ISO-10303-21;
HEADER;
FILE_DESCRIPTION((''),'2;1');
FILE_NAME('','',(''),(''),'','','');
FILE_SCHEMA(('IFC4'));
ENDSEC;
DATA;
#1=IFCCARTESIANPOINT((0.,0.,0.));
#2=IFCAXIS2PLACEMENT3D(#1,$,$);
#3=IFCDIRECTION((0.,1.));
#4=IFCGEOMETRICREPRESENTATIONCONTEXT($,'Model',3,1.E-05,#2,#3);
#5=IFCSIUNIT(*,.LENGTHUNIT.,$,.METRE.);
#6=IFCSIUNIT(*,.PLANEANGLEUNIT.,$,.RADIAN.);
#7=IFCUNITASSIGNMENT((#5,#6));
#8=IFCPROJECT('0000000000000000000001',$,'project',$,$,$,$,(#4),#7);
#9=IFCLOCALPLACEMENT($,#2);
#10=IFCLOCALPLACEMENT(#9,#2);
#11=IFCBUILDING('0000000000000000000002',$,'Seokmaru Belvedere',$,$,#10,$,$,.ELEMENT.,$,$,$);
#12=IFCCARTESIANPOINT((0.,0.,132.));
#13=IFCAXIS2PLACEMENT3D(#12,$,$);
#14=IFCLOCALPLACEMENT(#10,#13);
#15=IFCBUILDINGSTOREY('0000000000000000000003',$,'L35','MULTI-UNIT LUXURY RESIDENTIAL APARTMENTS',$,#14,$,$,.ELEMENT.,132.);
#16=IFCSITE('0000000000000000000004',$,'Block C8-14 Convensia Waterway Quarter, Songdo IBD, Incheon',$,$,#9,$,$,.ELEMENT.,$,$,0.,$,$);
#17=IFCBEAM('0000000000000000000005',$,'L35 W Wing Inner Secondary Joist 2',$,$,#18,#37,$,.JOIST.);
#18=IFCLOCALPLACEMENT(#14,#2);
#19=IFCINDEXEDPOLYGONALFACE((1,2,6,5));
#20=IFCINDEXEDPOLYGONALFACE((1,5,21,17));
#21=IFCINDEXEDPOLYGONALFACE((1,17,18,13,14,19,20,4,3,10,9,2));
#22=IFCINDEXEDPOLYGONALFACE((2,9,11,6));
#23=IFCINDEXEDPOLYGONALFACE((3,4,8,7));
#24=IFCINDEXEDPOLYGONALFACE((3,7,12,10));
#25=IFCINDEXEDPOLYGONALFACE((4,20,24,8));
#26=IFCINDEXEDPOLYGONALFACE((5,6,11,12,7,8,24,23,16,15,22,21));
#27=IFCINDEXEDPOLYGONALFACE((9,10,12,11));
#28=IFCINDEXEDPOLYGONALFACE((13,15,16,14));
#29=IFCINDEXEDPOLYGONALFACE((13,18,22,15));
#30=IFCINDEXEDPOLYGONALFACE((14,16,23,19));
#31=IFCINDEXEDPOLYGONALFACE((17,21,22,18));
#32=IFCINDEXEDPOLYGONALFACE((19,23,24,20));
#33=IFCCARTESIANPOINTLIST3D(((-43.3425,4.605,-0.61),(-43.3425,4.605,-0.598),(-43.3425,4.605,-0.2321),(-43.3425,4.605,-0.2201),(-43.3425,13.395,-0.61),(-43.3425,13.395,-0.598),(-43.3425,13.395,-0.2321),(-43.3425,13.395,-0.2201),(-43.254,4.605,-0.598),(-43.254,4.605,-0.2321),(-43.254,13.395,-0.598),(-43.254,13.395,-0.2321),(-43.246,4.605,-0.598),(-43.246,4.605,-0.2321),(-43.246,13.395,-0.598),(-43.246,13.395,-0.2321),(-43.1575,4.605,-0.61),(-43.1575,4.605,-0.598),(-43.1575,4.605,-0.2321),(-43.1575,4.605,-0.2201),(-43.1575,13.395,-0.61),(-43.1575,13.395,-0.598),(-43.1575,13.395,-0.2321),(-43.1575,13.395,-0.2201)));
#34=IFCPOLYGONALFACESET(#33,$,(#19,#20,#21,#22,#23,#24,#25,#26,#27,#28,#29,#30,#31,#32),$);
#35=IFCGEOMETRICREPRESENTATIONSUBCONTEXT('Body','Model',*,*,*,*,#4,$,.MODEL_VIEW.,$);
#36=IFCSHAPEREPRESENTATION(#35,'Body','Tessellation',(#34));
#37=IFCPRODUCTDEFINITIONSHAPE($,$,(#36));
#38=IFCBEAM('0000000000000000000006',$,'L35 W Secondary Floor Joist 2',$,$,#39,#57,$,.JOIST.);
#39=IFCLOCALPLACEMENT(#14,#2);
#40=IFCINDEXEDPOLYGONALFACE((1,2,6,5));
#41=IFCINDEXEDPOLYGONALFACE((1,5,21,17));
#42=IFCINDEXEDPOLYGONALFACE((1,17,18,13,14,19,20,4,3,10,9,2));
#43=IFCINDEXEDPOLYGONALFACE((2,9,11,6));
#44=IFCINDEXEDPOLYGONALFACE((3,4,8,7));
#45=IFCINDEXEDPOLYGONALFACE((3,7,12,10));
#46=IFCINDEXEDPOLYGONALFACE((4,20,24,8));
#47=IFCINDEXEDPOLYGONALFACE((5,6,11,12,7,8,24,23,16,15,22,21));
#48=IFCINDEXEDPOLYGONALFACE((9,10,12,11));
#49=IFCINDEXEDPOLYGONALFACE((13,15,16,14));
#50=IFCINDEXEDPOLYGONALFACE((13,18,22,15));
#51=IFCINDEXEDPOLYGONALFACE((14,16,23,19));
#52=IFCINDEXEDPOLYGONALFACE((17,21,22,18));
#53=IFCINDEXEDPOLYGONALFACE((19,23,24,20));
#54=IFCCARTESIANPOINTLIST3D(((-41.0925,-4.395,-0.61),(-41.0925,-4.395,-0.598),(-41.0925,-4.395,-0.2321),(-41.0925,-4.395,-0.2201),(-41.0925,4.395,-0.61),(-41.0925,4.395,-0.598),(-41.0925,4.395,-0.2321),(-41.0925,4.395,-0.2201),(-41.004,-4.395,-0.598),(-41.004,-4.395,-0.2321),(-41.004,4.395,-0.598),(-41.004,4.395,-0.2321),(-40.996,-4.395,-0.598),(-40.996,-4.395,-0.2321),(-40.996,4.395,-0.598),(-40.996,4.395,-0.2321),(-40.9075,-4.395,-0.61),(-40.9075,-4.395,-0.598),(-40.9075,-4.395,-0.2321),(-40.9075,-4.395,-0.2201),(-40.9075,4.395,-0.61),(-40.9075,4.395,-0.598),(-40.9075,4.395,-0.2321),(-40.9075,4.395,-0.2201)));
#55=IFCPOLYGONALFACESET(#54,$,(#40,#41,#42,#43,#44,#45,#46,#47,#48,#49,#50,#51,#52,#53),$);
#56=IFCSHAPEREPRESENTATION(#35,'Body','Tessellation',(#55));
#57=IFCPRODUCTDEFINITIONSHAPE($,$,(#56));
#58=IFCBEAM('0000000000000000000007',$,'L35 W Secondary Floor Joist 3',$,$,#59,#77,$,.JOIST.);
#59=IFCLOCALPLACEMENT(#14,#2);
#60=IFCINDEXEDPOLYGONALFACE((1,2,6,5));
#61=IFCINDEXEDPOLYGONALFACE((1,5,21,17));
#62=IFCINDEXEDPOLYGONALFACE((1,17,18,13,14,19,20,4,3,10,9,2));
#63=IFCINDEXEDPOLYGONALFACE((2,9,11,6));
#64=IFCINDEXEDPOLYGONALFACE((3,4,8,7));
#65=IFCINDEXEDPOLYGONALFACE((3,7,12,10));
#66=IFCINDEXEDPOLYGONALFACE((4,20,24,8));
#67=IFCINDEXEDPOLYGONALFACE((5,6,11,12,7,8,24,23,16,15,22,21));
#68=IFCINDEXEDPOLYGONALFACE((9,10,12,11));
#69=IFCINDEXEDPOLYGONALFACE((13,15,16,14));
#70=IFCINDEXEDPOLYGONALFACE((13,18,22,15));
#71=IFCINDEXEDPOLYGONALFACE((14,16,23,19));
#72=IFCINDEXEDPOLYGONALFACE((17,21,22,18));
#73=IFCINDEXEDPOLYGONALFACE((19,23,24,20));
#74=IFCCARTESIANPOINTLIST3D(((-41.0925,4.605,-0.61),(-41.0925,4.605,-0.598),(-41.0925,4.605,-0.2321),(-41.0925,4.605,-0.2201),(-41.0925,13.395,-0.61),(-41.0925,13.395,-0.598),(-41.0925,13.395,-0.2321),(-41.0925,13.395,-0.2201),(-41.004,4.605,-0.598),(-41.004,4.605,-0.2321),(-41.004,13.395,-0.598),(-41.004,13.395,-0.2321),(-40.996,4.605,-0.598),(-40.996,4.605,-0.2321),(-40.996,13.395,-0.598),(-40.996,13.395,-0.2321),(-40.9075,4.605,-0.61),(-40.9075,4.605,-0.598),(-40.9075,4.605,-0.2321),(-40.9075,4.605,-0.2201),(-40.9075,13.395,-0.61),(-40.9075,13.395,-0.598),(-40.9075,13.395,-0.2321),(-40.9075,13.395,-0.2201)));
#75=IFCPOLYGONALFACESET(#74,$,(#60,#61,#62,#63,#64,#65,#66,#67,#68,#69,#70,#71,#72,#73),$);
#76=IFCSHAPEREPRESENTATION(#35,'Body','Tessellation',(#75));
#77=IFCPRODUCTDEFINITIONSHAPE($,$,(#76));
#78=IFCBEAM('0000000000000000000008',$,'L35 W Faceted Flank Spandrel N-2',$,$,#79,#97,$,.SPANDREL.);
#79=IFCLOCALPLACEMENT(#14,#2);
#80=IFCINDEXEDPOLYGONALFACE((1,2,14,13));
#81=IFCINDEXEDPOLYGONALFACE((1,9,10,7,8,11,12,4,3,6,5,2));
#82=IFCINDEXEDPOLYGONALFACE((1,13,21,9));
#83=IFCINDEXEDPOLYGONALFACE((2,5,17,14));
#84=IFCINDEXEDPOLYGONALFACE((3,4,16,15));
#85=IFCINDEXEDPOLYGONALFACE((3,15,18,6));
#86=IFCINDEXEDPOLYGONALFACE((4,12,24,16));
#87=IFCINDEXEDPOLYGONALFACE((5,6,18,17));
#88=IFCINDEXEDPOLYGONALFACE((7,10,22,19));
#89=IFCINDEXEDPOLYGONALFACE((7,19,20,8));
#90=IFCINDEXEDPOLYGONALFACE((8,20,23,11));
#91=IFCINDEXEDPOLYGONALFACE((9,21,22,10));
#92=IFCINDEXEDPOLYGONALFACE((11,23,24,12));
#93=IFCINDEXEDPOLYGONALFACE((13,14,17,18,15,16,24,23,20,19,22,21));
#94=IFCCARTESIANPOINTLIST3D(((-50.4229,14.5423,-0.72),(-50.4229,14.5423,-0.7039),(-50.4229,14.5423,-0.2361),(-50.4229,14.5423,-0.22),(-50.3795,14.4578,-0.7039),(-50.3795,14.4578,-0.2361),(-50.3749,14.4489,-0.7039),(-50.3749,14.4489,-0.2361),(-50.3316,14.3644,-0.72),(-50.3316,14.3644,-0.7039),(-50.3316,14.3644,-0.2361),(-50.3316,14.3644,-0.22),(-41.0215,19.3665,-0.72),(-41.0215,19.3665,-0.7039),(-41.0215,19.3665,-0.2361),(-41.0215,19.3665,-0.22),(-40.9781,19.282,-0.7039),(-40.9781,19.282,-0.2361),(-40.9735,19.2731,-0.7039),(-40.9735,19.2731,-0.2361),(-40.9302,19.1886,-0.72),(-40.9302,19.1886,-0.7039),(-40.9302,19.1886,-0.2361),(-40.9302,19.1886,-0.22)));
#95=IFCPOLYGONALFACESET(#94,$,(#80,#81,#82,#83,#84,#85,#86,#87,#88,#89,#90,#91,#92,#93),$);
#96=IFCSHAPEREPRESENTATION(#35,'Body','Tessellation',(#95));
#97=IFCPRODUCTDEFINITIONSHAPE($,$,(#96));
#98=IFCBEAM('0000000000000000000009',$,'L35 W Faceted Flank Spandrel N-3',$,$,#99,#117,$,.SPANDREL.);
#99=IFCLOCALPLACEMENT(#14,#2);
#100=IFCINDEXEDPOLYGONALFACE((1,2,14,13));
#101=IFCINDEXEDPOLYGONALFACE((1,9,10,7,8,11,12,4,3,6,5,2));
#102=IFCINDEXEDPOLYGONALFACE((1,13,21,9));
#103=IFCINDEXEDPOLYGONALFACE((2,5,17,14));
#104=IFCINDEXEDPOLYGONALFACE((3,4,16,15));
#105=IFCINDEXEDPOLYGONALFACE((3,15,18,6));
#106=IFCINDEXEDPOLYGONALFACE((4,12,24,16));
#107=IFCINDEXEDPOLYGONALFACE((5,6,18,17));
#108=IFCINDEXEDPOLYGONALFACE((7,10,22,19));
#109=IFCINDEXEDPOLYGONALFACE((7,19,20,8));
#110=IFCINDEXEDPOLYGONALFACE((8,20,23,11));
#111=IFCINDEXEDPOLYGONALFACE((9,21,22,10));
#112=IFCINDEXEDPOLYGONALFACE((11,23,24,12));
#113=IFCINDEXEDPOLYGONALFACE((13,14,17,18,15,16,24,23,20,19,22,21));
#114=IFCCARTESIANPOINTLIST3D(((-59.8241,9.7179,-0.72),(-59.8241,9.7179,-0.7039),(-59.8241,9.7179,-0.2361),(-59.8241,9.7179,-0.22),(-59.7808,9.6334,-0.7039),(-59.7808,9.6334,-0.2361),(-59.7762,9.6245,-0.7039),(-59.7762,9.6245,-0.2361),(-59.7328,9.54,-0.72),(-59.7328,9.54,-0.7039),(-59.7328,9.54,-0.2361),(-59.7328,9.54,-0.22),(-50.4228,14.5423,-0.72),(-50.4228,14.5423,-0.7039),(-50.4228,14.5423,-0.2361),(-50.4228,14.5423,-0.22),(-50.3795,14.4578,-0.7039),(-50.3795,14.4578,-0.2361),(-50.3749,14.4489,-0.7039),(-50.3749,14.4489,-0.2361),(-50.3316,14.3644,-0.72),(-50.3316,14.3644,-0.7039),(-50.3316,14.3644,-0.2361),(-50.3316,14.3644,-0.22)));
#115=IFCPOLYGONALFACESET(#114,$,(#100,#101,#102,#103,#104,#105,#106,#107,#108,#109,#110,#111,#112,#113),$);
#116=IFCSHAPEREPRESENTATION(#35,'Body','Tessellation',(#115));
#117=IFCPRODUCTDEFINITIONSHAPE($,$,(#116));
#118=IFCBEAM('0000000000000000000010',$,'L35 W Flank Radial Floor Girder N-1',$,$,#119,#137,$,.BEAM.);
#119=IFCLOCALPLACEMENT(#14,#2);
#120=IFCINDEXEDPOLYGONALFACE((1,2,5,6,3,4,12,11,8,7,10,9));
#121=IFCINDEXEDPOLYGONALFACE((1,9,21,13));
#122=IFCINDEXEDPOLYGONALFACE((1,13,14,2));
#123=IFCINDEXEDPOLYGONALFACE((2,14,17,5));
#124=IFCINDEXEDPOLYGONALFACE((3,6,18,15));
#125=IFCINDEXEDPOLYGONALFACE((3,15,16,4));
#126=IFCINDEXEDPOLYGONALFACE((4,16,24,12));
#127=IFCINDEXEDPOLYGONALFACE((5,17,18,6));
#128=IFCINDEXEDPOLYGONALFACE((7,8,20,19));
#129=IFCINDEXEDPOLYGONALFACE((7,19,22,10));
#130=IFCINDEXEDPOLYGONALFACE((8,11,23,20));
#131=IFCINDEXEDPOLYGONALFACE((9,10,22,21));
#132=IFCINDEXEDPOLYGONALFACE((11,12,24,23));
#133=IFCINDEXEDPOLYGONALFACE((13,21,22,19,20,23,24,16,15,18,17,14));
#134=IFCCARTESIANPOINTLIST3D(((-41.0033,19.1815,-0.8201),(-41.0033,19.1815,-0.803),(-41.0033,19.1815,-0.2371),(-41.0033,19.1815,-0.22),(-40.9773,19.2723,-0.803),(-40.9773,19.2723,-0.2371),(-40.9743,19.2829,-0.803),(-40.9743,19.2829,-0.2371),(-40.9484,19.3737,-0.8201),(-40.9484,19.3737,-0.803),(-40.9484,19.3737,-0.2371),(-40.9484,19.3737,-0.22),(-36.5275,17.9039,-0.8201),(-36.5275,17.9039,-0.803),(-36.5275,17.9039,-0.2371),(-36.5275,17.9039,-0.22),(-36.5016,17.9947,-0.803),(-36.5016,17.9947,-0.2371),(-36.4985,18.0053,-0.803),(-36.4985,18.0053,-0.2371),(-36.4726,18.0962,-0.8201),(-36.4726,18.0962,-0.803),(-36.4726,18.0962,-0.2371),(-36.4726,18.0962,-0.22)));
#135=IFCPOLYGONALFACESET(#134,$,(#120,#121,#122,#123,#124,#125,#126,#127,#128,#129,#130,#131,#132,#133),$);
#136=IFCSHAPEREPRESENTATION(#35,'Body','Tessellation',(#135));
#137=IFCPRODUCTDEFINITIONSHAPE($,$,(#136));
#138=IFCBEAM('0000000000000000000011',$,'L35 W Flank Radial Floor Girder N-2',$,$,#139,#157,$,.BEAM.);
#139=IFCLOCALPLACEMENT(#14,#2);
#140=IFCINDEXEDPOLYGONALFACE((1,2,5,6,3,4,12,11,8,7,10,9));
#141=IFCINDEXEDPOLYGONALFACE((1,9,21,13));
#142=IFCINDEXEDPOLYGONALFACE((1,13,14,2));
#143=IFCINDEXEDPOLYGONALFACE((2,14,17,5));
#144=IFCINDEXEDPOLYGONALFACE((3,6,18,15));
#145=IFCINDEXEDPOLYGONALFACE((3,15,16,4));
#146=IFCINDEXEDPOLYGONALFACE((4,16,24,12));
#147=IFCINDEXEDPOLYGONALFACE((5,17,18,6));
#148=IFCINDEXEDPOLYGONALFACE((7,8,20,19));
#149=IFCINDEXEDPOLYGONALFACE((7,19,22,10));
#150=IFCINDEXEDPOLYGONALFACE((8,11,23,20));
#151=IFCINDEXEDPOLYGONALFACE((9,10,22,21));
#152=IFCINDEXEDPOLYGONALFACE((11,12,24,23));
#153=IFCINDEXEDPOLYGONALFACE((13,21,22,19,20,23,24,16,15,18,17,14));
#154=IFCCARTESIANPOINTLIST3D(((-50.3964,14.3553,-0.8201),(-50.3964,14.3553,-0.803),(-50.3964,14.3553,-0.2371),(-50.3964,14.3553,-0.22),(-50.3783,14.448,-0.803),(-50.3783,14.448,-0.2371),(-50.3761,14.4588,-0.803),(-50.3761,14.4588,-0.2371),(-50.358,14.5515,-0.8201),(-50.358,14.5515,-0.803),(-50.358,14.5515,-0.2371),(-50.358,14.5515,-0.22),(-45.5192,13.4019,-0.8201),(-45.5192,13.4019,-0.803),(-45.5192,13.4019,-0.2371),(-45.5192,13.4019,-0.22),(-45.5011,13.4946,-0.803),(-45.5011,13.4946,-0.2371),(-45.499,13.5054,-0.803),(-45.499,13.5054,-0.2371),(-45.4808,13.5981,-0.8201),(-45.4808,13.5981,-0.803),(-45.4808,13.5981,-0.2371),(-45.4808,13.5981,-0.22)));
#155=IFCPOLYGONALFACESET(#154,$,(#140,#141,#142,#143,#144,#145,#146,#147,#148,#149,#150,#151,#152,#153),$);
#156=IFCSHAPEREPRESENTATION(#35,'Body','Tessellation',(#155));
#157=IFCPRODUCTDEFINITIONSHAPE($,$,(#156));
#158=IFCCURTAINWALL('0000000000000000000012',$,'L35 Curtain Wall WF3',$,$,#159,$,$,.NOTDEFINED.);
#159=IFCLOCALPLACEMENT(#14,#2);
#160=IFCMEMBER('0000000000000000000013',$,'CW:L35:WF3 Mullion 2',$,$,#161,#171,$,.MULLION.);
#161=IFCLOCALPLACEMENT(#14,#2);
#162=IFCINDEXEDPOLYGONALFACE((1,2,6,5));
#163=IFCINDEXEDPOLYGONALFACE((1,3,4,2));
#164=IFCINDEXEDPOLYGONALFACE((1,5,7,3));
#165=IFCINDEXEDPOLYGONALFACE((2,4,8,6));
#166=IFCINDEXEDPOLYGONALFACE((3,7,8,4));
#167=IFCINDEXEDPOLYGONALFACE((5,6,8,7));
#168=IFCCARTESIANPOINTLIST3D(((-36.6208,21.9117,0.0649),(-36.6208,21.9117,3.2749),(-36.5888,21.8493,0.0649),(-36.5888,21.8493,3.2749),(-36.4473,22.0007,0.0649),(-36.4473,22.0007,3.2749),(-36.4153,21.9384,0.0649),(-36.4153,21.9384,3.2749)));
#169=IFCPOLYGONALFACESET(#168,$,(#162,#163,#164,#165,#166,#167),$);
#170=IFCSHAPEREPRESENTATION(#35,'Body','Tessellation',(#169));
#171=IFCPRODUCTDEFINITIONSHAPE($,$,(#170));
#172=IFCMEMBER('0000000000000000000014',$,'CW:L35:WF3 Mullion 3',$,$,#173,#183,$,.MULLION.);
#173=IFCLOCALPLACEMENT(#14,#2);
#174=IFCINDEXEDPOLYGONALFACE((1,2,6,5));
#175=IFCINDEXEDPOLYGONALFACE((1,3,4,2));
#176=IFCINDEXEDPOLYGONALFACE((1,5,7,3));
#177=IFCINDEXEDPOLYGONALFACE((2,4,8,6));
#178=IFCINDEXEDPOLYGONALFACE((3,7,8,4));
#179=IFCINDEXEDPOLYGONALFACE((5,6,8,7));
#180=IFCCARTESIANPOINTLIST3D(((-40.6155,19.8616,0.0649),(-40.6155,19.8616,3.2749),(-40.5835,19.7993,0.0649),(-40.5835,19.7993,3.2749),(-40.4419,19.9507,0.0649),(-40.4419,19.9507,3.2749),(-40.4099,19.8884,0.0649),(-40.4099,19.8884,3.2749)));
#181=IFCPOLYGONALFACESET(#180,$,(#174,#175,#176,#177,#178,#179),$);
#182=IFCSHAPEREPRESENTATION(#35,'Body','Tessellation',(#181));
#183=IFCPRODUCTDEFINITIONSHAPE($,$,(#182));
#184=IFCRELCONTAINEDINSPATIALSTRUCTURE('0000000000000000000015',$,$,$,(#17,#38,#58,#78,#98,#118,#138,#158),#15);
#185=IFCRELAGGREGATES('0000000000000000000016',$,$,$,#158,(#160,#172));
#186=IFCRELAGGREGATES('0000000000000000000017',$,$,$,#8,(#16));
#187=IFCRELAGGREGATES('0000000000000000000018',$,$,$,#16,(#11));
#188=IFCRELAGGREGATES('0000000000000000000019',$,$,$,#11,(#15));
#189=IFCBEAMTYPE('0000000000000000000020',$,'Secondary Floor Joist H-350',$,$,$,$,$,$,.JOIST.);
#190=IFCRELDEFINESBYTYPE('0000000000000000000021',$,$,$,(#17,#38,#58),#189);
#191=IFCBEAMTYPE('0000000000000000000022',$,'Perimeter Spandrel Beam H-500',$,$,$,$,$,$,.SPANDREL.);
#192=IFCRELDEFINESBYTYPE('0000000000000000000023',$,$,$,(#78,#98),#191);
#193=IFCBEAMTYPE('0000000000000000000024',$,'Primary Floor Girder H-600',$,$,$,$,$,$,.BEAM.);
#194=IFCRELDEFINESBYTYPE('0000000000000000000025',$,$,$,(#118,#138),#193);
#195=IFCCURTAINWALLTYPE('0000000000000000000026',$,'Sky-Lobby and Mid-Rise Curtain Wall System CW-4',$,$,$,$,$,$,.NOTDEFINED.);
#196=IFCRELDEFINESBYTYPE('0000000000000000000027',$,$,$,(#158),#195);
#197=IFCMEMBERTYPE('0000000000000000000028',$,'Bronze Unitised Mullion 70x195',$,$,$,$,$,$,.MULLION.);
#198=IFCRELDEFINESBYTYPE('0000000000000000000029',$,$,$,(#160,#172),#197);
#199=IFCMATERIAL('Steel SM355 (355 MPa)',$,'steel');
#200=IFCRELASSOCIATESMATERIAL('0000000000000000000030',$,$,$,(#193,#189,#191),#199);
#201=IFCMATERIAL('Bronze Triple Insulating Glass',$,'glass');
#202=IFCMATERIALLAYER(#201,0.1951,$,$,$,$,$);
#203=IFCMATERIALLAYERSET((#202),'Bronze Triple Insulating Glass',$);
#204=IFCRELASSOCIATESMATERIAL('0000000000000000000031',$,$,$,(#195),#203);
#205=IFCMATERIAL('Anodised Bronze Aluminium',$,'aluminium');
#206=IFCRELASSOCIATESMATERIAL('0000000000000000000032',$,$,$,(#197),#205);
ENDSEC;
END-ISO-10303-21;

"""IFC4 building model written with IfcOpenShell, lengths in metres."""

from ifc_helpers import new_model, si_unit, direction, frame, origin, origin_2d, place, context, subcontext, project, spatial, rectangle, i_section, extrude, source, transform, mapped, material, layer, layer_set, material_profile, profile_set, type_object, type_shapes, element, aggregate, save


model = new_model("IFC4")

# Units and contexts
model_context = context("Model", 3, precision=1e-05, world=origin(), true_north=direction((0.0, 1.0)))
body_context = subcontext(model_context, "Body", "Model", "MODEL_VIEW")
ifc_project = project(units=[si_unit("LENGTHUNIT", "METRE"), si_unit("PLANEANGLEUNIT", "RADIAN")], contexts=[model_context])

# Site, building, storey
site_placement = place(None, origin())
site = spatial("IfcSite", under=ifc_project, at=site_placement, Name="Block C8-14 Convensia Waterway Quarter, Songdo IBD, Incheon", CompositionType="ELEMENT", RefElevation=0.0)
building_placement = place(site_placement, origin())
building = spatial("IfcBuilding", under=site, at=building_placement, Name="Seokmaru Belvedere", CompositionType="ELEMENT")
storey_placement = place(building_placement, frame((0.0, 0.0, 132.0)))
storey = spatial("IfcBuildingStorey", under=building, at=storey_placement, Name="L35", Description="MULTI-UNIT LUXURY RESIDENTIAL APARTMENTS", CompositionType="ELEMENT", Elevation=132.0)

# Shared definitions
ifc_material_1 = material(Name="Steel SM355 (355 MPa)", Category="steel")

# Beams
ifc_material_profile_1 = material_profile(ifc_material_1, i_section(OverallWidth=0.2, OverallDepth=0.6001, WebThickness=0.011, FlangeThickness=0.0171, at=origin_2d()), Name="H-600x200x11x17")
ifc_profile_set_1 = profile_set([ifc_material_profile_1], Name="Steel SM355 (355 MPa)")
beam_type_1 = type_object("IfcBeamType", Name="Primary Floor Girder H-600", PredefinedType="BEAM", material=ifc_profile_set_1)
ifc_material_profile_2 = material_profile(ifc_material_1, i_section(OverallWidth=0.1851, OverallDepth=0.3899, WebThickness=0.0081, FlangeThickness=0.012, at=origin_2d()), Name="H-390x185x8x12")
ifc_profile_set_2 = profile_set([ifc_material_profile_2], Name="Steel SM355 (355 MPa)")
beam_type_2 = type_object("IfcBeamType", Name="Secondary Floor Joist H-350", PredefinedType="JOIST", material=ifc_profile_set_2)
shared_shape_1 = source(origin(), body_context, "Body", "SweptSolid", [
    extrude(i_section(OverallWidth=0.1851, OverallDepth=0.3899, WebThickness=0.0081, FlangeThickness=0.012, at=origin_2d()), origin(), (0.0, 0.0, 1.0), 8.79),
])
type_shapes(beam_type_2, [shared_shape_1])
for number, where, z_axis, x_axis, name in (
    (1, (-43.25, 4.605, -0.415), (0.0, 1.0, 0.0), (-1.0, 0.0, 0.0), "L35 W Wing Inner Secondary Joist 2"),
    (2, (-41.0, -4.395, -0.415), (0.0, 1.0, 0.0), (-1.0, 0.0, 0.0), "L35 W Secondary Floor Joist 2"),
    (3, (-41.0, 4.605, -0.415), (0.0, 1.0, 0.0), (-1.0, 0.0, 0.0), "L35 W Secondary Floor Joist 3"),
):
    element("IfcBeam", number, at=place(storey_placement, frame(where, z_axis=z_axis, x_axis=x_axis)), inside=storey, type_object=beam_type_2, Name=name, PredefinedType="JOIST", context=body_context, shape_type="MappedRepresentation", body=[
        mapped(shared_shape_1, transform((0.0, 0.0, 0.0), scale=1.0)),
    ])
ifc_material_profile_3 = material_profile(ifc_material_1, i_section(OverallWidth=0.2, OverallDepth=0.5, WebThickness=0.01, FlangeThickness=0.0161, at=origin_2d()), Name="H-500x200x10x16")
ifc_profile_set_3 = profile_set([ifc_material_profile_3], Name="Steel SM355 (355 MPa)")
beam_type_3 = type_object("IfcBeamType", Name="Perimeter Spandrel Beam H-500", PredefinedType="SPANDREL", material=ifc_profile_set_3)
shared_shape_2 = source(origin(), body_context, "Body", "SweptSolid", [
    extrude(i_section(OverallWidth=0.2, OverallDepth=0.5, WebThickness=0.01, FlangeThickness=0.0161, at=origin_2d()), origin(), (0.0, 0.0, 1.0), 10.5669),
])
type_shapes(beam_type_3, [shared_shape_2])
for number, where, z_axis, x_axis, name in (
    (4, (-40.9758, 19.2776, -0.47), (-0.889702, -0.456542, 0.0), (0.456542, -0.889702, 0.0), "L35 W Faceted Flank Spandrel N-2"),
    (5, (-50.3772, 14.4534, -0.47), (-0.889693, -0.45656, 0.0), (0.45656, -0.889693, 0.0), "L35 W Faceted Flank Spandrel N-3"),
):
    element("IfcBeam", number, at=place(storey_placement, frame(where, z_axis=z_axis, x_axis=x_axis)), inside=storey, type_object=beam_type_3, Name=name, PredefinedType="SPANDREL", context=body_context, shape_type="MappedRepresentation", body=[
        mapped(shared_shape_2, transform((0.0, 0.0, 0.0), scale=1.0)),
    ])
shared_shape_3 = source(origin(), body_context, "Body", "SweptSolid", [
    extrude(i_section(OverallWidth=0.2, OverallDepth=0.6001, WebThickness=0.011, FlangeThickness=0.0171, at=origin_2d()), origin(), (0.0, 0.0, 1.0), 4.6545),
])
beam_1_placement = place(storey_placement, frame((-40.9758, 19.2776, -0.52), z_axis=(0.961593, -0.274479, 0.0), x_axis=(0.274479, 0.961593, 0.0)))
element("IfcBeam", 6, at=beam_1_placement, inside=storey, type_object=beam_type_1, Name="L35 W Flank Radial Floor Girder N-1", PredefinedType="BEAM", context=body_context, shape_type="MappedRepresentation", body=[
    mapped(shared_shape_3, transform((0.0, 0.0, 0.0), scale=1.0)),
])
shared_shape_4 = source(origin(), body_context, "Body", "SweptSolid", [
    extrude(i_section(OverallWidth=0.2, OverallDepth=0.6001, WebThickness=0.011, FlangeThickness=0.0171, at=origin_2d()), origin(), (0.0, 0.0, 1.0), 4.9695),
])
beam_2_placement = place(storey_placement, frame((-50.3772, 14.4534, -0.52), z_axis=(0.981425, -0.191844, 0.0), x_axis=(0.191844, 0.981425, 0.0)))
element("IfcBeam", 7, at=beam_2_placement, inside=storey, type_object=beam_type_1, Name="L35 W Flank Radial Floor Girder N-2", PredefinedType="BEAM", context=body_context, shape_type="MappedRepresentation", body=[
    mapped(shared_shape_4, transform((0.0, 0.0, 0.0), scale=1.0)),
])

# Curtain wall, members
ifc_material_2 = material(Name="Bronze Triple Insulating Glass", Category="glass")
ifc_layer_1 = layer(ifc_material_2, 0.1951)
ifc_layer_set_1 = layer_set([ifc_layer_1], Name="Bronze Triple Insulating Glass")
curtain_wall_type = type_object("IfcCurtainWallType", Name="Sky-Lobby and Mid-Rise Curtain Wall System CW-4", PredefinedType="NOTDEFINED", material=ifc_layer_set_1)
curtain_wall_placement = place(storey_placement, origin())
curtain_wall = element("IfcCurtainWall", 8, at=curtain_wall_placement, inside=storey, type_object=curtain_wall_type, Name="L35 Curtain Wall WF3", PredefinedType="NOTDEFINED")
ifc_material_3 = material(Name="Anodised Bronze Aluminium", Category="aluminium")
ifc_material_profile_4 = material_profile(ifc_material_3, rectangle(XDim=0.0701, YDim=0.1951, at=origin_2d()), Name="CW-M-70x195")
ifc_profile_set_4 = profile_set([ifc_material_profile_4], Name="Anodised Bronze Aluminium")
member_type = type_object("IfcMemberType", Name="Bronze Unitised Mullion 70x195", PredefinedType="MULLION", material=ifc_profile_set_4)
shared_shape_5 = source(origin(), body_context, "Body", "SweptSolid", [
    extrude(rectangle(XDim=0.0701, YDim=0.1951, at=origin_2d()), origin(), (0.0, 0.0, 1.0), 3.21),
])
type_shapes(member_type, [shared_shape_5])
member_1_placement = place(storey_placement, frame((-36.5181, 21.925, 0.0649), z_axis=(0.0, 0.0, 1.0), x_axis=(0.456555, -0.889695, 0.0)))
member_1 = element("IfcMember", 9, at=member_1_placement, type_object=member_type, Name="CW:L35:WF3 Mullion 2", PredefinedType="MULLION", context=body_context, shape_type="MappedRepresentation", body=[
    mapped(shared_shape_5, transform((0.0, 0.0, 0.0), scale=1.0)),
])
member_2_placement = place(storey_placement, frame((-40.5127, 19.875, 0.0649), z_axis=(0.0, 0.0, 1.0), x_axis=(0.456555, -0.889695, 0.0)))
member_2 = element("IfcMember", 10, at=member_2_placement, type_object=member_type, Name="CW:L35:WF3 Mullion 3", PredefinedType="MULLION", context=body_context, shape_type="MappedRepresentation", body=[
    mapped(shared_shape_5, transform((0.0, 0.0, 0.0), scale=1.0)),
])
aggregate(curtain_wall, [member_1, member_2])

save(model, "model.ifc")
